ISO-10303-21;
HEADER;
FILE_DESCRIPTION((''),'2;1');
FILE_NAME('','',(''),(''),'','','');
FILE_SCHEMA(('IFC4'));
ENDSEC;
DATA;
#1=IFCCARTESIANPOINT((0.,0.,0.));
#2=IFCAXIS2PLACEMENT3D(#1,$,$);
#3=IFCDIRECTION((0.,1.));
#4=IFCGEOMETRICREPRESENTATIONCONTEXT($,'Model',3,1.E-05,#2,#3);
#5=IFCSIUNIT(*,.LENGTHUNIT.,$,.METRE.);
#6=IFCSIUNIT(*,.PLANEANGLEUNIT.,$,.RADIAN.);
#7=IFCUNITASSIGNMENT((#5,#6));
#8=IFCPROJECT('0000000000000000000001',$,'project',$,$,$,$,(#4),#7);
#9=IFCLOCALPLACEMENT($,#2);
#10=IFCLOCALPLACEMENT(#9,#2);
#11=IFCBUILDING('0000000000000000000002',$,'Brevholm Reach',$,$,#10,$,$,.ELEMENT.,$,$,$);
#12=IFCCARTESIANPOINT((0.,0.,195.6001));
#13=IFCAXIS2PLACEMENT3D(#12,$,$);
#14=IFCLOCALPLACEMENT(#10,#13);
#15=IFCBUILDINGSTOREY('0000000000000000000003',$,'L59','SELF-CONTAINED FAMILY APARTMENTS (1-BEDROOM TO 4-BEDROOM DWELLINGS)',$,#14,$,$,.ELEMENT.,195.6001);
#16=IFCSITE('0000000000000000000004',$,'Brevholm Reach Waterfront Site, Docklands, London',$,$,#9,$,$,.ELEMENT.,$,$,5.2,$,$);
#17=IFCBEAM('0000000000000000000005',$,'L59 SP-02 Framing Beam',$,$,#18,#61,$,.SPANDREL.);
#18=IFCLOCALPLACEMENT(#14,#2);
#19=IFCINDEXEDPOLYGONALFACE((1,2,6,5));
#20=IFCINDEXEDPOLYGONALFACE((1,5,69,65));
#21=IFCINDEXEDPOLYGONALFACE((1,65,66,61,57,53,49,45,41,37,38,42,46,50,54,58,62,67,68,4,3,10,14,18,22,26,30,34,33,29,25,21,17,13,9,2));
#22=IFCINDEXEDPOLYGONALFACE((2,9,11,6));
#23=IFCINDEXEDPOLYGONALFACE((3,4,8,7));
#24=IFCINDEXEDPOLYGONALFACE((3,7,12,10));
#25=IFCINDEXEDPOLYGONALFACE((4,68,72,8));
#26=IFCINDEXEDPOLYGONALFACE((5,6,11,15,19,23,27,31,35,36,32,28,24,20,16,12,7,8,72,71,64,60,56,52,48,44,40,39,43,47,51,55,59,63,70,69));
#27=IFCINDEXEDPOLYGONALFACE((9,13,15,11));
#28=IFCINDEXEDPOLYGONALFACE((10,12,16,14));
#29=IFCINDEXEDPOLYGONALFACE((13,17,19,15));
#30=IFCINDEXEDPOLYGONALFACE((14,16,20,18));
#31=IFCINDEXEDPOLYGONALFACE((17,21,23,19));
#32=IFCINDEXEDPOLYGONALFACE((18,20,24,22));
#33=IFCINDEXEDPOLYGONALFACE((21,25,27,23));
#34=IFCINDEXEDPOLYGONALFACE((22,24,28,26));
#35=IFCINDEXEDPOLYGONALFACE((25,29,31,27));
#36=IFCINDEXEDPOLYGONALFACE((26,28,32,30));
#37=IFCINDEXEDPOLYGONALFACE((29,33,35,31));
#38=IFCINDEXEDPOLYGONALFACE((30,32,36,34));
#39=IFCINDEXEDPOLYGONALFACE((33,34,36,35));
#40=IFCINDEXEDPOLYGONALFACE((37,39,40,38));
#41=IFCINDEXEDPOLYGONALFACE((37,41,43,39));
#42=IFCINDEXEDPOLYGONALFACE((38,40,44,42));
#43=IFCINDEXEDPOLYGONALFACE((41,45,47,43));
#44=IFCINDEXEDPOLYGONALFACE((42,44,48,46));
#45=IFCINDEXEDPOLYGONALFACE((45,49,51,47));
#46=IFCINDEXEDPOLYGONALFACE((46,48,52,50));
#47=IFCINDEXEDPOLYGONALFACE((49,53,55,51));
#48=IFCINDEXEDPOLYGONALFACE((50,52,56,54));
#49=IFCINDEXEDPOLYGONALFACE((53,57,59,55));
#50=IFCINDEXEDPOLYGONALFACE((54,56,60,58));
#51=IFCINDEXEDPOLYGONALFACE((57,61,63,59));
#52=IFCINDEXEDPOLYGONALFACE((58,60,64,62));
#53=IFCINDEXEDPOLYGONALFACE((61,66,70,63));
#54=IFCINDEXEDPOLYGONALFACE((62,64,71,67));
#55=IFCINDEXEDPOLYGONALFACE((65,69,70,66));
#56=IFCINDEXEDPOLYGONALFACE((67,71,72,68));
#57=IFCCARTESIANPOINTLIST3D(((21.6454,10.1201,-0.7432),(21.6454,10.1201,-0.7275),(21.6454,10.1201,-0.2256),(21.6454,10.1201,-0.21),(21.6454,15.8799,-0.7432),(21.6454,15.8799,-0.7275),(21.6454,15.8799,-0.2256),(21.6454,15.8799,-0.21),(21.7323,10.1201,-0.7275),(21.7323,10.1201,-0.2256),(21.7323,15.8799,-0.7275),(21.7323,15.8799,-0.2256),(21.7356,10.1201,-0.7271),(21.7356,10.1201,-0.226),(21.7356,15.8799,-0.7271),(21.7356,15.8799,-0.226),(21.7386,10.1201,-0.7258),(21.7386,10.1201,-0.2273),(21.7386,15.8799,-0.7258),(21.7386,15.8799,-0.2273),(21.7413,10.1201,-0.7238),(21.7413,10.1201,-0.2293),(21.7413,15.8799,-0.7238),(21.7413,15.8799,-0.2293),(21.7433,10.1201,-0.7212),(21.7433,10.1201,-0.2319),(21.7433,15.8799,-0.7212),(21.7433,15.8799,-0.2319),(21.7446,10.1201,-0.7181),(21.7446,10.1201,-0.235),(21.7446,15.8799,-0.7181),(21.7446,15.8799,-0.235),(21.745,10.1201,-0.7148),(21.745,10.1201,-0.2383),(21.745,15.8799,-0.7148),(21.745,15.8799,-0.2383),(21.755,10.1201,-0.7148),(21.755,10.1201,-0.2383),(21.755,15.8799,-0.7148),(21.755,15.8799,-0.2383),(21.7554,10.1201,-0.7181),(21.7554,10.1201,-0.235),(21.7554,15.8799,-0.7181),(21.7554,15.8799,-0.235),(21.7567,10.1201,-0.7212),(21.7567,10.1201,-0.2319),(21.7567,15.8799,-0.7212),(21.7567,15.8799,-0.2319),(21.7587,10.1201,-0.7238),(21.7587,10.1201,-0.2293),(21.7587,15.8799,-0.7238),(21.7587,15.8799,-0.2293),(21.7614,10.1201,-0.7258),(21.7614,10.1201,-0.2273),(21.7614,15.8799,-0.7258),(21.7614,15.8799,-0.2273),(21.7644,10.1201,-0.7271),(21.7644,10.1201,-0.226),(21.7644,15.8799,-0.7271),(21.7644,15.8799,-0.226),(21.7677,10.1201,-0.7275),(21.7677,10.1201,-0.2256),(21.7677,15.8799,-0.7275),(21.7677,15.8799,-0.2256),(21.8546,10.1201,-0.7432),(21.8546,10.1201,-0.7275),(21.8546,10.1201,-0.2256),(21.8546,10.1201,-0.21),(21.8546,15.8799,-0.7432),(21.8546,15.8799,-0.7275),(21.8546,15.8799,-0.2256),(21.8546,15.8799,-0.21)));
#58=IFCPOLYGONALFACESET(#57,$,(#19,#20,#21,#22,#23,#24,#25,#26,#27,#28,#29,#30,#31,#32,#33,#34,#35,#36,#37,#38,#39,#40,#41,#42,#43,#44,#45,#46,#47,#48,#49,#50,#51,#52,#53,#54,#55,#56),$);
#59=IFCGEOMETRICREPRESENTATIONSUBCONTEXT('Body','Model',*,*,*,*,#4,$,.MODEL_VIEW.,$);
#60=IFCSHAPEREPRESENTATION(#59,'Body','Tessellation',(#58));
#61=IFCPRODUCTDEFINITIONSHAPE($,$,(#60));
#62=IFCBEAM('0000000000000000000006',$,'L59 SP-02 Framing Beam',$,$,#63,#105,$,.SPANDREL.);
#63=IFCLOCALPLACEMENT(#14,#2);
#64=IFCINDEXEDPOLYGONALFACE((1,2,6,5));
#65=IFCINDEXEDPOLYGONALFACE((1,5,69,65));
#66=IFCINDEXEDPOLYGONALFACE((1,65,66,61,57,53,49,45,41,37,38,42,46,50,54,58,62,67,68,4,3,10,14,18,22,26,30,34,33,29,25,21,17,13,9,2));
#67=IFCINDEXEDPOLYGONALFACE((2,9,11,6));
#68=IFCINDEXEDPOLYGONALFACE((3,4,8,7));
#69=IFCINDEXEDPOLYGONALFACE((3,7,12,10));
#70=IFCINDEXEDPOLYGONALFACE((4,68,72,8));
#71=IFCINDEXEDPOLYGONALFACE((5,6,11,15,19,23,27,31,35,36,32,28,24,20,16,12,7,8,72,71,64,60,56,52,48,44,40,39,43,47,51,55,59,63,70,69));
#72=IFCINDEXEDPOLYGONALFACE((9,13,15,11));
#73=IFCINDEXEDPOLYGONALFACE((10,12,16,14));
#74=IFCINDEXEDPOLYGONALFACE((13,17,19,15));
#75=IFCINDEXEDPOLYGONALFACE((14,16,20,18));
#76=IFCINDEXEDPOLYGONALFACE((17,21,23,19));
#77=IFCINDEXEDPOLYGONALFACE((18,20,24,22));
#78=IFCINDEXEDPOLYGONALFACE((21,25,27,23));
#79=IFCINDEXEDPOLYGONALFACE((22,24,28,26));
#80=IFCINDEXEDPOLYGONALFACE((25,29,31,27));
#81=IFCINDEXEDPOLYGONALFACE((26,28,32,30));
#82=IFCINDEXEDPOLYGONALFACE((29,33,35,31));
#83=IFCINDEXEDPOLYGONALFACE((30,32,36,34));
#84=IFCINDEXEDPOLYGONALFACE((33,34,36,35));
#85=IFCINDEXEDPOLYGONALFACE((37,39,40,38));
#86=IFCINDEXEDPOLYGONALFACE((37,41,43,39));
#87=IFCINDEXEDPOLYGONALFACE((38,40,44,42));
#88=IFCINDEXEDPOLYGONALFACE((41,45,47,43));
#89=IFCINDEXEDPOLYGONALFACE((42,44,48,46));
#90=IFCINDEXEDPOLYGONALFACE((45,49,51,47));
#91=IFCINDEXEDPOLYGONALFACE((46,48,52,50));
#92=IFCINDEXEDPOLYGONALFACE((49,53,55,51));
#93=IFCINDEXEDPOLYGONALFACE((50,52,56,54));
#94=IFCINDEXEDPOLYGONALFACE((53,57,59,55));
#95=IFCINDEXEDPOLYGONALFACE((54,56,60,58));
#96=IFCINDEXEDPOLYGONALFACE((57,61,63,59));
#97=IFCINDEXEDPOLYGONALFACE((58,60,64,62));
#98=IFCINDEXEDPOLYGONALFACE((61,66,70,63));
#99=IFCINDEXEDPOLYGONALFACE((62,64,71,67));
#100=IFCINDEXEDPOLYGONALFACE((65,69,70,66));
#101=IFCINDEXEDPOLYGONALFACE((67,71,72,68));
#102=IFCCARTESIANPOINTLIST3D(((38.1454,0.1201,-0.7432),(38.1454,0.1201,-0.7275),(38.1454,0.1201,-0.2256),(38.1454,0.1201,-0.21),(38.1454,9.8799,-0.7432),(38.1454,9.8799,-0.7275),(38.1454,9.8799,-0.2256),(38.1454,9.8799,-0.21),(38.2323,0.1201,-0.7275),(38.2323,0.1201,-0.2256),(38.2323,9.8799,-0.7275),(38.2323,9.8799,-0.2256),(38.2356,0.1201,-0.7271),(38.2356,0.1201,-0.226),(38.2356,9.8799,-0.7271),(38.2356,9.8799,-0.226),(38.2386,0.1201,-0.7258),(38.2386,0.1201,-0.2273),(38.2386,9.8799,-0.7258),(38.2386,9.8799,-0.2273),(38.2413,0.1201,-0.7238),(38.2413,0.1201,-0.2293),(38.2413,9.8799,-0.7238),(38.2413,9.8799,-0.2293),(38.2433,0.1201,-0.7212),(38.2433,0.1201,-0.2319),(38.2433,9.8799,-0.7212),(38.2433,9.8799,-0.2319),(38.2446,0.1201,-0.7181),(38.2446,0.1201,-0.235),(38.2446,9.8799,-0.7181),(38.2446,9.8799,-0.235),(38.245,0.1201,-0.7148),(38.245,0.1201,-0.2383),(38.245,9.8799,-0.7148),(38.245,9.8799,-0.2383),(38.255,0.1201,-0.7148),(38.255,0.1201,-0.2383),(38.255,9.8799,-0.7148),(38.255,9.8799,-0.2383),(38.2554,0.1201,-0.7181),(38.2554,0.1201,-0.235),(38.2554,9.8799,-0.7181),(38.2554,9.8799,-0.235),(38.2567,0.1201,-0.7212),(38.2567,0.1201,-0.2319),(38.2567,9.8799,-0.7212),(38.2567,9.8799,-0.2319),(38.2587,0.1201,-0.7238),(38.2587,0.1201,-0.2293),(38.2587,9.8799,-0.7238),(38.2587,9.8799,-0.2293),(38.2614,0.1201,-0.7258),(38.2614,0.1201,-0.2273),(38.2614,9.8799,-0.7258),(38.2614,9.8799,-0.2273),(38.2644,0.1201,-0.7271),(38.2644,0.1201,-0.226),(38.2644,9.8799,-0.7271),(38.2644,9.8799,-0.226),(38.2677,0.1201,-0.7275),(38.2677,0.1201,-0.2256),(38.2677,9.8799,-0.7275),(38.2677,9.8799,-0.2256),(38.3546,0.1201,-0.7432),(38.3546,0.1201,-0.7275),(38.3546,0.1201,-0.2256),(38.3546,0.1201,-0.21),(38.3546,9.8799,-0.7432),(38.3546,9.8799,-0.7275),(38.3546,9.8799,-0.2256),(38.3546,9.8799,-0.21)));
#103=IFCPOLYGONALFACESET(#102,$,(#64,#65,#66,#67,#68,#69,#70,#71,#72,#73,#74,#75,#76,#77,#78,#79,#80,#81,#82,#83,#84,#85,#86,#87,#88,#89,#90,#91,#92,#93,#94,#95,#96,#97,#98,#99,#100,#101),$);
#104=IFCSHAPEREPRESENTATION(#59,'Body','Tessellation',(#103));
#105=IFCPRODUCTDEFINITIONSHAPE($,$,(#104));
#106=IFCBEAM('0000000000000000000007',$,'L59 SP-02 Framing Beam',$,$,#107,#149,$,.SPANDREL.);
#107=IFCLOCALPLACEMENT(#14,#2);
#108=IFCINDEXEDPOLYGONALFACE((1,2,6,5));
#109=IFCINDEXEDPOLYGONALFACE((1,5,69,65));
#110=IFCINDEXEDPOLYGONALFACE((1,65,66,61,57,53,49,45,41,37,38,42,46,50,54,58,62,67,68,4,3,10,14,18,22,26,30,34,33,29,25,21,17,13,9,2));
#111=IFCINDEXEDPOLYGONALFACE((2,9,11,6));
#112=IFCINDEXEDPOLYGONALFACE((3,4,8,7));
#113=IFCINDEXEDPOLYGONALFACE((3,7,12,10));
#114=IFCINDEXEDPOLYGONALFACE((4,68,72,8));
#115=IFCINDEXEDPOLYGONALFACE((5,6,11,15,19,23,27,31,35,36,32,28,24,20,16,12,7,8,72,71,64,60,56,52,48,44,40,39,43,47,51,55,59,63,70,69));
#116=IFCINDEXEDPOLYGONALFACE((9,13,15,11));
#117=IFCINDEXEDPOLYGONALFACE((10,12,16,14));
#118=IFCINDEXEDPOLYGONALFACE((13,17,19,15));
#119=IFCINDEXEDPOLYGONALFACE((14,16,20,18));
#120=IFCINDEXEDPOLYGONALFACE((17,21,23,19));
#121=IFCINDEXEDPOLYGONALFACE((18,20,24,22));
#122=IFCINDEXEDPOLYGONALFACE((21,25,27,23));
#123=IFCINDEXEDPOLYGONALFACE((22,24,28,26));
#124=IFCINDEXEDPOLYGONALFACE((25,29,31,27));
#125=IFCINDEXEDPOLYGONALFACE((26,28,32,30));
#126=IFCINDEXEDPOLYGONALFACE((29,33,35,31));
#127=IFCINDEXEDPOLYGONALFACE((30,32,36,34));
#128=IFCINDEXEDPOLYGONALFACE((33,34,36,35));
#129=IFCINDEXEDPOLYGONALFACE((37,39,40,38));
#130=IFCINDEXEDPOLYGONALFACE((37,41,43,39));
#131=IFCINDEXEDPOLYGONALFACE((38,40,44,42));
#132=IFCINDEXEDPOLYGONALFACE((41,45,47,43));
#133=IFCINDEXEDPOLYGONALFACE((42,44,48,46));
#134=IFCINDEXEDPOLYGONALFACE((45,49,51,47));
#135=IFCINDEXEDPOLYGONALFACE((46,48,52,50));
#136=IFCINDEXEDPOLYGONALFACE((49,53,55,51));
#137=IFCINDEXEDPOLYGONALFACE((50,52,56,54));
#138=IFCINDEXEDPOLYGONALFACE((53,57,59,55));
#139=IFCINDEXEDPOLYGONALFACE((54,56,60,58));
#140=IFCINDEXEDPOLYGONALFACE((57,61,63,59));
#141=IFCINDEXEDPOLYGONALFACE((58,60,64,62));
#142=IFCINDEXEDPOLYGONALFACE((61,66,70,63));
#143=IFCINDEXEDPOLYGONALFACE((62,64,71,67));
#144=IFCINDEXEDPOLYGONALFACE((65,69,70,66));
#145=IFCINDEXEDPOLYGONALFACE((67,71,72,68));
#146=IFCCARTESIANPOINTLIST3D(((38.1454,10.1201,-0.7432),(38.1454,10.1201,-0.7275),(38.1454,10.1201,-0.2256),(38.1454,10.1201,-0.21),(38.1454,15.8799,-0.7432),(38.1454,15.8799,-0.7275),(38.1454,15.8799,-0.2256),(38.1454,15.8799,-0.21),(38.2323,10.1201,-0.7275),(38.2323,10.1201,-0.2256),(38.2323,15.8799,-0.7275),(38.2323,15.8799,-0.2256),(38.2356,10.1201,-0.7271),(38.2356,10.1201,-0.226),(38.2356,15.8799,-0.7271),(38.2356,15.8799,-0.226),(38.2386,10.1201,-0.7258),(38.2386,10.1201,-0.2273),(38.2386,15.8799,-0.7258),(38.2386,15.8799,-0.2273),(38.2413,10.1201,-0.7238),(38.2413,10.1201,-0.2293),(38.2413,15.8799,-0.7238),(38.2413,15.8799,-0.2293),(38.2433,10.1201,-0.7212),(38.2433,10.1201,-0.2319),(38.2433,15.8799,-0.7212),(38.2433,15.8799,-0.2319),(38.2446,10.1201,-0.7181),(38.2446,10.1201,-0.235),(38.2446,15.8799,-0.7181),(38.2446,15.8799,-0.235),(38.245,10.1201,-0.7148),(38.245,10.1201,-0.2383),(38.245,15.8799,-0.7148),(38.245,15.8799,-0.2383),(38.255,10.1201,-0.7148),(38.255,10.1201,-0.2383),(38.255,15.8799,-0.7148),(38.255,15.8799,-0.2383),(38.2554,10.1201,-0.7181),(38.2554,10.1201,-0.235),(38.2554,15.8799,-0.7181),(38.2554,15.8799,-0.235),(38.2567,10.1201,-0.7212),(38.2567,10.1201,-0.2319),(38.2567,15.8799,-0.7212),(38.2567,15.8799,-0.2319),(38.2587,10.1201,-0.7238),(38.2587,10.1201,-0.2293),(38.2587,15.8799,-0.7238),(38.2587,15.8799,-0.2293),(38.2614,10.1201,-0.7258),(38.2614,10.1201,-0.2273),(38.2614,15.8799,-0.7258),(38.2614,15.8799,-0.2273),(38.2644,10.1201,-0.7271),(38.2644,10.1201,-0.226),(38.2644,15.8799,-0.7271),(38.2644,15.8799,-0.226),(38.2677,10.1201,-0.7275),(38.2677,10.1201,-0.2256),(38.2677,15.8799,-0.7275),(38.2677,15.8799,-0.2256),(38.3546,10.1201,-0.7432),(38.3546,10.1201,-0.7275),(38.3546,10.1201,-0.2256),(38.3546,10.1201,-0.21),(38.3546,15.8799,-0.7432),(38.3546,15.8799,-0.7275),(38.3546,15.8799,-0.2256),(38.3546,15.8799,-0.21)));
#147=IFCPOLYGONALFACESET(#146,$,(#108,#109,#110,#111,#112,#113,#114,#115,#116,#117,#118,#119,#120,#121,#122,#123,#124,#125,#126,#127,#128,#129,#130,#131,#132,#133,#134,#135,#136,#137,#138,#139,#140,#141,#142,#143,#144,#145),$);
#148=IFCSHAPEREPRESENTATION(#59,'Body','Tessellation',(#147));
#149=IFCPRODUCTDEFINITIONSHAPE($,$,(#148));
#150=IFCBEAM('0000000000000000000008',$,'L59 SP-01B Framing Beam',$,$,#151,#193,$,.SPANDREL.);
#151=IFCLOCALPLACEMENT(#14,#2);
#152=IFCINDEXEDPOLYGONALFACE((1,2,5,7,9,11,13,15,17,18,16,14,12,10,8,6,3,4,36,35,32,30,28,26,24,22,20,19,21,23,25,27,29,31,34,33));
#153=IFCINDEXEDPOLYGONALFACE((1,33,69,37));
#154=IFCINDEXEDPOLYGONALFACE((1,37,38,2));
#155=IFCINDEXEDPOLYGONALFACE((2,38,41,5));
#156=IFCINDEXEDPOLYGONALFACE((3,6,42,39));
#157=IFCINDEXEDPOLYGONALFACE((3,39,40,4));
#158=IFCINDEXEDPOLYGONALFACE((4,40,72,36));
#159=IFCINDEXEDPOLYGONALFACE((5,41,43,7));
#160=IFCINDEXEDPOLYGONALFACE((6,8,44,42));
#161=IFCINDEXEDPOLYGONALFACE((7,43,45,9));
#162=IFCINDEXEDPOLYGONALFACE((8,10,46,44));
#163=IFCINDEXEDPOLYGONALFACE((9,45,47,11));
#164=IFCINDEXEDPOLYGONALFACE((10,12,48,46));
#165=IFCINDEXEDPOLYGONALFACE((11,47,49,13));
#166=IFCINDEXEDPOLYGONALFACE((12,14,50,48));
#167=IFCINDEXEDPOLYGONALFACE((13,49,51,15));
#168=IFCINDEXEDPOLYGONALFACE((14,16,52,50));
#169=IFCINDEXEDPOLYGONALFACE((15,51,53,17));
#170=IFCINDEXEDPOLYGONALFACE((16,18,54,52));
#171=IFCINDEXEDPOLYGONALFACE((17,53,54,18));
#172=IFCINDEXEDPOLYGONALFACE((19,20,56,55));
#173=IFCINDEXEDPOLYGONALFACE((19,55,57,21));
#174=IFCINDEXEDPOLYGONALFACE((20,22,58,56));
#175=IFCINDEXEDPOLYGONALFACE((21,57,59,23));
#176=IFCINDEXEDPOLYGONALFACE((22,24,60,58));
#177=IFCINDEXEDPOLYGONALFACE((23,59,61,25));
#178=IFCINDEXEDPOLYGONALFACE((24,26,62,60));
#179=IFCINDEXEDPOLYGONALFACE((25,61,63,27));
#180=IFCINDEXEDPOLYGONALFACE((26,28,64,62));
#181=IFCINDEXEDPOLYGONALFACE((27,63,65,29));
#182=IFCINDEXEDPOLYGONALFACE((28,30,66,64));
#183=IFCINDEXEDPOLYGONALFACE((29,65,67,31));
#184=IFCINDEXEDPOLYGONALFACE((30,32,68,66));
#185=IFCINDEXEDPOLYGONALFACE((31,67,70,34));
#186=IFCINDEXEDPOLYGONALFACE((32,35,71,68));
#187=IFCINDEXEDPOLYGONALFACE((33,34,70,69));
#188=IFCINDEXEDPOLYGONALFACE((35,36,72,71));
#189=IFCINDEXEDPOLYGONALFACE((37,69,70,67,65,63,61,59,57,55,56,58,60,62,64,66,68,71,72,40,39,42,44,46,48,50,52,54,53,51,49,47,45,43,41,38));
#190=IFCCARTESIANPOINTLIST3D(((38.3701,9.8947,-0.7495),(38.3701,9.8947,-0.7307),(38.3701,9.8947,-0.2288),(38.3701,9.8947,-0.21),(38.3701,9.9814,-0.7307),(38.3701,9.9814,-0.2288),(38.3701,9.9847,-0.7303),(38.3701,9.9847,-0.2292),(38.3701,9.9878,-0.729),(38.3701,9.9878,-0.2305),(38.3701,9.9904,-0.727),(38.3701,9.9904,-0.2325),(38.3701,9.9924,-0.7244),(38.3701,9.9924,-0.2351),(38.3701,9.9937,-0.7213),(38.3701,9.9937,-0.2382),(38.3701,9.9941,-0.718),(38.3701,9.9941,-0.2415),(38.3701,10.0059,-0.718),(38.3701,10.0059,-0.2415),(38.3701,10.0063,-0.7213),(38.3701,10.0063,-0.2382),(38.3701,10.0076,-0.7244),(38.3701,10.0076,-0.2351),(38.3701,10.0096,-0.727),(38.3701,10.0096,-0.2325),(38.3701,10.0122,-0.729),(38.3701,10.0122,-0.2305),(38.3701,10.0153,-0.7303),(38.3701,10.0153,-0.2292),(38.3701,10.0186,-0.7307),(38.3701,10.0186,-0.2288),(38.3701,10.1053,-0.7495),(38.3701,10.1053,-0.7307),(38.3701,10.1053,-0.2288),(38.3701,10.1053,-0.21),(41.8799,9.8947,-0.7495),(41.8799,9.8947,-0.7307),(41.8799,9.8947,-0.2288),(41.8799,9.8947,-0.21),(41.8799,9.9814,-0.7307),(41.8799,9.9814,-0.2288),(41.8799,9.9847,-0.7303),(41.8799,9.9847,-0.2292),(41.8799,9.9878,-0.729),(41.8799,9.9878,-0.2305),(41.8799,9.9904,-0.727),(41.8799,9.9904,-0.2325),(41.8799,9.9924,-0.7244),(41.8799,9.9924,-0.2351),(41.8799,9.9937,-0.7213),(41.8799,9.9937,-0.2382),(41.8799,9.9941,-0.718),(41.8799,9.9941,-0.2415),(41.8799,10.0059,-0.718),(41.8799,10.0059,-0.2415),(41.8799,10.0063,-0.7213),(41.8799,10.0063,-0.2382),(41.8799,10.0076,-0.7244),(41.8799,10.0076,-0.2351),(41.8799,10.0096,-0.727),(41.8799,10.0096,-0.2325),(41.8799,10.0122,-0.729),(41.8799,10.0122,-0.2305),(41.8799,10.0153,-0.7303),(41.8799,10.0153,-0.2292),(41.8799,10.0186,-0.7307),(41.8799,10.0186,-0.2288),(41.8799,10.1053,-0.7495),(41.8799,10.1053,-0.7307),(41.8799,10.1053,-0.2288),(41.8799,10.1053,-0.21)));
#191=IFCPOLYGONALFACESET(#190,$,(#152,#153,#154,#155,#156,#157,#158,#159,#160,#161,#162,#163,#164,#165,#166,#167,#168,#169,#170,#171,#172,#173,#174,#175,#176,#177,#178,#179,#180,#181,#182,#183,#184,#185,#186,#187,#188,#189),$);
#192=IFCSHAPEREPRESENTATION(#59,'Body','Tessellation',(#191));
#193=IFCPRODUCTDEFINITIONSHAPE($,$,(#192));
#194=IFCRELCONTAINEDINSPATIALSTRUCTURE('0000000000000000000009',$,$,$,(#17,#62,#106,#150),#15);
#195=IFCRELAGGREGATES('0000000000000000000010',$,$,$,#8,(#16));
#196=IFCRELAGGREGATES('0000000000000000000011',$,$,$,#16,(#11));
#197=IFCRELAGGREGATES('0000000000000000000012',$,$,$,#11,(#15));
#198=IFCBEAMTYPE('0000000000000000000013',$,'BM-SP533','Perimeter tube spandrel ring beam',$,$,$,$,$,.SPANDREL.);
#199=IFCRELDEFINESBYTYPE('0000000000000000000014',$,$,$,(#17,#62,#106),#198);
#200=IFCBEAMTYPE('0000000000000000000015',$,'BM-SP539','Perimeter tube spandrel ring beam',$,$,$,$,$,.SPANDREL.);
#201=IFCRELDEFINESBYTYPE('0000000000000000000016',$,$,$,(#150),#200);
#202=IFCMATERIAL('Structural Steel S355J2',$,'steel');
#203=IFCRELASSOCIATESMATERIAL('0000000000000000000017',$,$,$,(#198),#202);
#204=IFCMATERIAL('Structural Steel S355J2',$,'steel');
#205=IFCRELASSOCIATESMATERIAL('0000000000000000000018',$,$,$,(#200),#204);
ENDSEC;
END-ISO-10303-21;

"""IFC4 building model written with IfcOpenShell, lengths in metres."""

from ifc_helpers import new_model, si_unit, direction, frame, origin, origin_2d, place, context, subcontext, project, spatial, i_section, extrude, material, material_profile, profile_set, type_object, element, save


model = new_model("IFC4")

# Units and contexts
model_context = context("Model", 3, precision=1e-05, world=origin(), true_north=direction((0.0, 1.0)))
body_context = subcontext(model_context, "Body", "Model", "MODEL_VIEW")
ifc_project = project(units=[si_unit("LENGTHUNIT", "METRE"), si_unit("PLANEANGLEUNIT", "RADIAN")], contexts=[model_context])

# Site, building, storey
site_placement = place(None, origin())
site = spatial("IfcSite", under=ifc_project, at=site_placement, Name="Brevholm Reach Waterfront Site, Docklands, London", CompositionType="ELEMENT", RefElevation=5.2)
building_placement = place(site_placement, origin())
building = spatial("IfcBuilding", under=site, at=building_placement, Name="Brevholm Reach", CompositionType="ELEMENT")
storey_placement = place(building_placement, frame((0.0, 0.0, 195.6001)))
storey = spatial("IfcBuildingStorey", under=building, at=storey_placement, Name="L59", Description="SELF-CONTAINED FAMILY APARTMENTS (1-BEDROOM TO 4-BEDROOM DWELLINGS)", CompositionType="ELEMENT", Elevation=195.6001)

# Beams
ifc_material_1 = material(Name="Structural Steel S355J2", Category="steel")
ifc_material_profile_1 = material_profile(ifc_material_1, i_section(OverallWidth=0.2092, OverallDepth=0.5332, WebThickness=0.01, FlangeThickness=0.0156, FilletRadius=0.0127, at=origin_2d()), Name="UKB 533x210x92")
ifc_profile_set_1 = profile_set([ifc_material_profile_1], Name="Structural Steel S355J2")
beam_type_1 = type_object("IfcBeamType", Name="BM-SP533", Description="Perimeter tube spandrel ring beam", PredefinedType="SPANDREL", material=ifc_profile_set_1)
beam_1_placement = place(storey_placement, frame((21.75, 10.1201, -0.4766), z_axis=(0.0, 1.0, 0.0), x_axis=(-1.0, 0.0, 0.0)))
element("IfcBeam", 1, at=beam_1_placement, inside=storey, type_object=beam_type_1, Name="L59 SP-02 Framing Beam", PredefinedType="SPANDREL", context=body_context, shape_type="SweptSolid", body=[
    extrude(i_section(OverallWidth=0.2092, OverallDepth=0.5332, WebThickness=0.01, FlangeThickness=0.0156, FilletRadius=0.0127, at=origin_2d()), origin(), (0.0, 0.0, 1.0), 5.7598),
])
beam_2_placement = place(storey_placement, frame((38.25, 0.1201, -0.4766), z_axis=(0.0, 1.0, 0.0), x_axis=(-1.0, 0.0, 0.0)))
element("IfcBeam", 2, at=beam_2_placement, inside=storey, type_object=beam_type_1, Name="L59 SP-02 Framing Beam", PredefinedType="SPANDREL", context=body_context, shape_type="SweptSolid", body=[
    extrude(i_section(OverallWidth=0.2092, OverallDepth=0.5332, WebThickness=0.01, FlangeThickness=0.0156, FilletRadius=0.0127, at=origin_2d()), origin(), (0.0, 0.0, 1.0), 9.7598),
])
beam_3_placement = place(storey_placement, frame((38.25, 10.1201, -0.4766), z_axis=(0.0, 1.0, 0.0), x_axis=(-1.0, 0.0, 0.0)))
element("IfcBeam", 3, at=beam_3_placement, inside=storey, type_object=beam_type_1, Name="L59 SP-02 Framing Beam", PredefinedType="SPANDREL", context=body_context, shape_type="SweptSolid", body=[
    extrude(i_section(OverallWidth=0.2092, OverallDepth=0.5332, WebThickness=0.01, FlangeThickness=0.0156, FilletRadius=0.0127, at=origin_2d()), origin(), (0.0, 0.0, 1.0), 5.7598),
])
ifc_material_2 = material(Name="Structural Steel S355J2", Category="steel")
ifc_material_profile_2 = material_profile(ifc_material_2, i_section(OverallWidth=0.2107, OverallDepth=0.5396, WebThickness=0.0117, FlangeThickness=0.0188, FilletRadius=0.0127, at=origin_2d()), Name="UKB 533x210x109")
ifc_profile_set_2 = profile_set([ifc_material_profile_2], Name="Structural Steel S355J2")
beam_type_2 = type_object("IfcBeamType", Name="BM-SP539", Description="Perimeter tube spandrel ring beam", PredefinedType="SPANDREL", material=ifc_profile_set_2)
beam_4_placement = place(storey_placement, frame((38.3701, 10.0, -0.4797), z_axis=(1.0, 0.0, 0.0), x_axis=(0.0, 1.0, 0.0)))
element("IfcBeam", 4, at=beam_4_placement, inside=storey, type_object=beam_type_2, Name="L59 SP-01B Framing Beam", PredefinedType="SPANDREL", context=body_context, shape_type="SweptSolid", body=[
    extrude(i_section(OverallWidth=0.2107, OverallDepth=0.5396, WebThickness=0.0117, FlangeThickness=0.0188, FilletRadius=0.0127, at=origin_2d()), origin(), (0.0, 0.0, 1.0), 3.5098),
])

save(model, "model.ifc")
